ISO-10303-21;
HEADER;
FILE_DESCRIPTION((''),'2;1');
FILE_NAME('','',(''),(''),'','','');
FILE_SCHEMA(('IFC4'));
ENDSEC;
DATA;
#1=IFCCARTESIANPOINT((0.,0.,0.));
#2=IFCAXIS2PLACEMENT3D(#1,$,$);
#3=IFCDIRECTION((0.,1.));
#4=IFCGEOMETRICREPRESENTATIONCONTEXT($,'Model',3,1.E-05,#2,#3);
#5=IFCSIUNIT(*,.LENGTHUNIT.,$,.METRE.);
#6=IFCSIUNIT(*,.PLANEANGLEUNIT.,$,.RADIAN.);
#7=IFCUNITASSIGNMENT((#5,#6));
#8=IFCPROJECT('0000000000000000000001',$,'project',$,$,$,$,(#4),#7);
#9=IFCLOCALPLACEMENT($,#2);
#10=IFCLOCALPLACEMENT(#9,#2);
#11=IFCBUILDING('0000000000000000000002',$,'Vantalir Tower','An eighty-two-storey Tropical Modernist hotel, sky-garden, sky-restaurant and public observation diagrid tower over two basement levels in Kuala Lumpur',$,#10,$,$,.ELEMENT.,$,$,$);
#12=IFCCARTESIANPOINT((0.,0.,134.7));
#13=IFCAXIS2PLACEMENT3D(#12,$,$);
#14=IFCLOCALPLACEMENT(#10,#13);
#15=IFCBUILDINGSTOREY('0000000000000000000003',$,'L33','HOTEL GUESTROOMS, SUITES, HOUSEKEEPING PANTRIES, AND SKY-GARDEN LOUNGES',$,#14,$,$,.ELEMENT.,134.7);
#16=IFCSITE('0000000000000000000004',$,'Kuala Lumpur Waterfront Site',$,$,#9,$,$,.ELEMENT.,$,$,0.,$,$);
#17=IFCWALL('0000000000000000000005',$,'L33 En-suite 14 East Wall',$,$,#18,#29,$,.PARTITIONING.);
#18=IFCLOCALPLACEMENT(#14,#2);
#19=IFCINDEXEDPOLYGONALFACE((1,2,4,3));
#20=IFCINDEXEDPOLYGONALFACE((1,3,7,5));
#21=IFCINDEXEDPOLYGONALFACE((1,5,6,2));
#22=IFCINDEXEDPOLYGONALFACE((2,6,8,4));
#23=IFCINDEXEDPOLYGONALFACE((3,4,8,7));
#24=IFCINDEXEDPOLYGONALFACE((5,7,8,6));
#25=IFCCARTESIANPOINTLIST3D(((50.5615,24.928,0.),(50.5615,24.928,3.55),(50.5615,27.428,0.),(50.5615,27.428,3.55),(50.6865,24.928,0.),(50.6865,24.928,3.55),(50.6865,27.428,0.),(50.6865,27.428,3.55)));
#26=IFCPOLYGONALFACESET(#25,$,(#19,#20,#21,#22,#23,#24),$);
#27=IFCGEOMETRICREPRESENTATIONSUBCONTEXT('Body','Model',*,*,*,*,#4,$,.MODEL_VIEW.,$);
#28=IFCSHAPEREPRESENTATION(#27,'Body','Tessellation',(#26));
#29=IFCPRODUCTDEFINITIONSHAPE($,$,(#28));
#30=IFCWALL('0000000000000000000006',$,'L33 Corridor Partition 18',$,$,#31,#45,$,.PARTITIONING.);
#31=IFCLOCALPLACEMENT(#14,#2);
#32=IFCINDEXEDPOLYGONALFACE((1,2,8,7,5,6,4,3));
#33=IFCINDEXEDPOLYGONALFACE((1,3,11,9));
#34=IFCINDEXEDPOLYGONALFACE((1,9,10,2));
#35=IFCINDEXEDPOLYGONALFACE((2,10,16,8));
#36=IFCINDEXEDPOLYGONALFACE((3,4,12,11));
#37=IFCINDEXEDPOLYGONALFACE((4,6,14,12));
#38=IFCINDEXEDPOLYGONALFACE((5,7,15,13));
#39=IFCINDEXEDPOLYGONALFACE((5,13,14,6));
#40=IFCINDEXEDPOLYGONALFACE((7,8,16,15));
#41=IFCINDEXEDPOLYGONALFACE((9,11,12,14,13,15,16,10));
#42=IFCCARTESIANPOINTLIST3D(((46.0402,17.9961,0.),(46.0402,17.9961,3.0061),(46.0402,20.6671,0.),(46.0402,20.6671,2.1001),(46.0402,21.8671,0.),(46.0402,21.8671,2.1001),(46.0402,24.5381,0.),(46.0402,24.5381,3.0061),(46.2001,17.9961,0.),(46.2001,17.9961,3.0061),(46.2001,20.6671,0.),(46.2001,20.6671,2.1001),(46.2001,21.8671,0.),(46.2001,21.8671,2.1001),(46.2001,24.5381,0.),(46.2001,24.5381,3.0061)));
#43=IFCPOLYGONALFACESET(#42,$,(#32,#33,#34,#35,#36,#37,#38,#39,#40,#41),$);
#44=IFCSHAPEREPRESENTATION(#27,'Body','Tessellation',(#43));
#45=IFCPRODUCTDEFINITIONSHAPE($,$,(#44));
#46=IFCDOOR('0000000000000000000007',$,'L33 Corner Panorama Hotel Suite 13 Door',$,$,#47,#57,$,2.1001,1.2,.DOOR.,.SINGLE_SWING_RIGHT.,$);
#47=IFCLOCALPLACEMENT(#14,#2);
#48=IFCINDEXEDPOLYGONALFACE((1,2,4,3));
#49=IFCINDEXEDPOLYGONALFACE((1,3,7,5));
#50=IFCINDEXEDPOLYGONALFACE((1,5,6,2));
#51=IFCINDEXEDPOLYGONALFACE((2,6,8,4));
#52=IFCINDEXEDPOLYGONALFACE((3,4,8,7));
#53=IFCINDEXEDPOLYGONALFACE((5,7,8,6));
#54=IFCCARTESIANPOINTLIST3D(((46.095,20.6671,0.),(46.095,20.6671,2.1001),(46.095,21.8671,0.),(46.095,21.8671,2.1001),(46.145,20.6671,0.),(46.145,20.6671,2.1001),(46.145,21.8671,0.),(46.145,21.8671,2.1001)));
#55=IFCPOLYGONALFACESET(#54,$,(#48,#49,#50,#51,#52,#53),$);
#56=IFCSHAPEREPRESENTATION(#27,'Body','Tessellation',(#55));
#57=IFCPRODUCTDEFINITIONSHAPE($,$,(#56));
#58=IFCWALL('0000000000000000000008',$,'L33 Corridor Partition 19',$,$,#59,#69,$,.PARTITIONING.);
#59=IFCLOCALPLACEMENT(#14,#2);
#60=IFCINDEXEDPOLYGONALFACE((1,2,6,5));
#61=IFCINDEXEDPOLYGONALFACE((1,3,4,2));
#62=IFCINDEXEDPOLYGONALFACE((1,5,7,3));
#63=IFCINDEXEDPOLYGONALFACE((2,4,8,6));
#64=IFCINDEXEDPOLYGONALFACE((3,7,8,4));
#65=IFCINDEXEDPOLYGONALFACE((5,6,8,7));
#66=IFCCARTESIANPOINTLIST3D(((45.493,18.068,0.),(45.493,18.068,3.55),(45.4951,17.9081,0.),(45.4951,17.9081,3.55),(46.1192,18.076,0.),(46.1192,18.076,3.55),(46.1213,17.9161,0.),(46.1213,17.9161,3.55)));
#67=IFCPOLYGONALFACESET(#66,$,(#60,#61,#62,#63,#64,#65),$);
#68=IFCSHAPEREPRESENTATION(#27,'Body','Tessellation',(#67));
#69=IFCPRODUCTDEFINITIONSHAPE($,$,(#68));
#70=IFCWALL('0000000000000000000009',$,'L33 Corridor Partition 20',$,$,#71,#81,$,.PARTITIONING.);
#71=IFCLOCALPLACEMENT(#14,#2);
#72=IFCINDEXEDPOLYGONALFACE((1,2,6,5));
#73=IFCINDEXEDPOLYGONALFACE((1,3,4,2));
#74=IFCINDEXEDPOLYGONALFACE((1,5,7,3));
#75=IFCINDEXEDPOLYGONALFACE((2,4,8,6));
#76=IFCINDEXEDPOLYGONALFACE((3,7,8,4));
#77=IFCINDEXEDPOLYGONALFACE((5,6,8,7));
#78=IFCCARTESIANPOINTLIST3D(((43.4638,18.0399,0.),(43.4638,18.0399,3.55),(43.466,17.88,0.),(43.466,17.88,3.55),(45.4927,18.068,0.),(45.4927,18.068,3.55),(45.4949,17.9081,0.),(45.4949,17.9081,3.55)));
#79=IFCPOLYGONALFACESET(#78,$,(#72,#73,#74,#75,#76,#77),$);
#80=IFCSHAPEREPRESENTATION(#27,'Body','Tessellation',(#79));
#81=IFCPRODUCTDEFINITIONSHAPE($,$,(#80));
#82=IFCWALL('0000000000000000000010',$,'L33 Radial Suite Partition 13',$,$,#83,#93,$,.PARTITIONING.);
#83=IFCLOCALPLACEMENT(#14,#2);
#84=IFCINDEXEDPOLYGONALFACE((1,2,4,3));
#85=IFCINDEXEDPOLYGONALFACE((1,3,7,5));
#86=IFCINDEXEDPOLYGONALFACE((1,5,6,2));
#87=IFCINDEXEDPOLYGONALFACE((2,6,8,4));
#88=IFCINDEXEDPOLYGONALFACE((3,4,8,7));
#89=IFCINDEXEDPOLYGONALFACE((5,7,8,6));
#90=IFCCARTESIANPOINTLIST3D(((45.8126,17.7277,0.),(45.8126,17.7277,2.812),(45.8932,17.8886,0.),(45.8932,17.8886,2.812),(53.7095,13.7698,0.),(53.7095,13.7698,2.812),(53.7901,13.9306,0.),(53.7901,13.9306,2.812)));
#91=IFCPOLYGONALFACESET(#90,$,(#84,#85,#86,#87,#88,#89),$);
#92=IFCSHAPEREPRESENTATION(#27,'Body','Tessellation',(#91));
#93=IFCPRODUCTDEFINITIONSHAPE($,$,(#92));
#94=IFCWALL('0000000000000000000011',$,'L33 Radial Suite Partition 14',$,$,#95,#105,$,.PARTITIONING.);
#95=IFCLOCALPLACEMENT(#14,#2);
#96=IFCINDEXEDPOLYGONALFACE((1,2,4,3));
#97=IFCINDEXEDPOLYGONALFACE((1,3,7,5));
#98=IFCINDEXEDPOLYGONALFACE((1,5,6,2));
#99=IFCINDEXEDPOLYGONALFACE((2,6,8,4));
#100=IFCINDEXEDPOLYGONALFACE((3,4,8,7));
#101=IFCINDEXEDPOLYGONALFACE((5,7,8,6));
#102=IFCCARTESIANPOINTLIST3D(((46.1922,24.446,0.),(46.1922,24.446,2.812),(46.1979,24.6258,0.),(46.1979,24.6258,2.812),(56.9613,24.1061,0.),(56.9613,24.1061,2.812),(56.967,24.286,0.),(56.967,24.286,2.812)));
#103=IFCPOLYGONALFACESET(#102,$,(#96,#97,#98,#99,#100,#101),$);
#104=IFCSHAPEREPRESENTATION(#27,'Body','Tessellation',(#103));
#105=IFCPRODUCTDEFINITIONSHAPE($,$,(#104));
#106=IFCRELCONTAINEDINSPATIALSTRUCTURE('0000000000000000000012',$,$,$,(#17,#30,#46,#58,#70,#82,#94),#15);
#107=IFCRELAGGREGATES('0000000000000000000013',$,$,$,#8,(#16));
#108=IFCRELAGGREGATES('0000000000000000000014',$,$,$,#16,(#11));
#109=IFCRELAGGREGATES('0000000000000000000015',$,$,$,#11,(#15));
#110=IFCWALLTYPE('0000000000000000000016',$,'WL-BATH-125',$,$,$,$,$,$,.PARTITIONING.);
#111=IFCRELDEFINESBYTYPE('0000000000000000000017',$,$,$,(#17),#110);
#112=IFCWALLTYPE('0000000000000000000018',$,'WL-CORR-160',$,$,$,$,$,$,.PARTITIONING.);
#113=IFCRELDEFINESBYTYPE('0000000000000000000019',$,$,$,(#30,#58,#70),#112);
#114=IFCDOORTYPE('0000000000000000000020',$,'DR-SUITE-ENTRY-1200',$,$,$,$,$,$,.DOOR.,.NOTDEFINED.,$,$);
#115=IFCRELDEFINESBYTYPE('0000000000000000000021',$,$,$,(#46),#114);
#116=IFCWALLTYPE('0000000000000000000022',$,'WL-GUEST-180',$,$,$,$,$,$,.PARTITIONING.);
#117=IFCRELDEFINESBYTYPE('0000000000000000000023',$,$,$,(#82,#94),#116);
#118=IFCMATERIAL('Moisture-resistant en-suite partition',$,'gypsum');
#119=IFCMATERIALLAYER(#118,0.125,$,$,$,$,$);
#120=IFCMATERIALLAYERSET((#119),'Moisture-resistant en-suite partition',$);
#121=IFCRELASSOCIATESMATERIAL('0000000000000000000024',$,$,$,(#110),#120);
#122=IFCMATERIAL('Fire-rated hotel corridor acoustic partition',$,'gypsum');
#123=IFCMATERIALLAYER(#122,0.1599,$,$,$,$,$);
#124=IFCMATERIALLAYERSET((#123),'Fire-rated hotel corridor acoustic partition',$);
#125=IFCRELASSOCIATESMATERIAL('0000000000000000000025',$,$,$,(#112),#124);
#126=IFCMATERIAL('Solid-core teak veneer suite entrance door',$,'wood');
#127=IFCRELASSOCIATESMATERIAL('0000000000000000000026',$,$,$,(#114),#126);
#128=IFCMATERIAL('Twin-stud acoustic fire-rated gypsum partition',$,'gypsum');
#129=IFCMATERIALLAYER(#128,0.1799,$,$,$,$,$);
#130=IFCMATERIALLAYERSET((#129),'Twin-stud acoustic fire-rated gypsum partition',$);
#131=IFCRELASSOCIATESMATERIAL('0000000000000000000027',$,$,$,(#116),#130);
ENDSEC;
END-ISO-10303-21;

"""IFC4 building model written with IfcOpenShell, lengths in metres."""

from ifc_helpers import new_model, si_unit, direction, frame, frame_2d, origin, place, context, subcontext, project, spatial, rectangle, extrude, material, layer, layer_set, type_object, element, fill, save


model = new_model("IFC4")

# Units and contexts
model_context = context("Model", 3, precision=1e-05, world=origin(), true_north=direction((0.0, 1.0)))
body_context = subcontext(model_context, "Body", "Model", "MODEL_VIEW")
ifc_project = project(units=[si_unit("LENGTHUNIT", "METRE"), si_unit("PLANEANGLEUNIT", "RADIAN")], contexts=[model_context])

# Site, building, storey
site_placement = place(None, origin())
site = spatial("IfcSite", under=ifc_project, at=site_placement, Name="Kuala Lumpur Waterfront Site", CompositionType="ELEMENT", RefElevation=0.0)
building_placement = place(site_placement, origin())
building = spatial("IfcBuilding", under=site, at=building_placement, Name="Vantalir Tower", Description="An eighty-two-storey Tropical Modernist hotel, sky-garden, sky-restaurant and public observation diagrid tower over two basement levels in Kuala Lumpur", CompositionType="ELEMENT")
storey_placement = place(building_placement, frame((0.0, 0.0, 134.7)))
storey = spatial("IfcBuildingStorey", under=building, at=storey_placement, Name="L33", Description="HOTEL GUESTROOMS, SUITES, HOUSEKEEPING PANTRIES, AND SKY-GARDEN LOUNGES", CompositionType="ELEMENT", Elevation=134.7)

# Shared definitions
ifc_material_1 = material(Name="Moisture-resistant en-suite partition", Category="gypsum")
ifc_layer_1 = layer(ifc_material_1, 0.125)
ifc_layer_set_1 = layer_set([ifc_layer_1], Name="Moisture-resistant en-suite partition")
wall_type_1 = type_object("IfcWallType", Name="WL-BATH-125", PredefinedType="PARTITIONING", material=ifc_layer_set_1)

# Wall
wall_1_placement = place(storey_placement, frame((50.624, 24.928, 0.0), z_axis=(0.0, 0.0, 1.0), x_axis=(0.0, 1.0, 0.0)))
element("IfcWall", 1, at=wall_1_placement, inside=storey, type_object=wall_type_1, Name="L33 En-suite 14 East Wall", PredefinedType="PARTITIONING", context=body_context, shape_type="SweptSolid", body=[
    extrude(rectangle(XDim=2.5, YDim=0.125, at=frame_2d((1.25, 0.0))), origin(), (0.0, 0.0, 1.0), 3.55),
])

# Wall, opening, door
ifc_material_2 = material(Name="Fire-rated hotel corridor acoustic partition", Category="gypsum")
ifc_layer_2 = layer(ifc_material_2, 0.1599)
ifc_layer_set_2 = layer_set([ifc_layer_2], Name="Fire-rated hotel corridor acoustic partition")
wall_type_2 = type_object("IfcWallType", Name="WL-CORR-160", PredefinedType="PARTITIONING", material=ifc_layer_set_2)
wall_2_placement = place(storey_placement, frame((46.1201, 24.5381, 0.0), z_axis=(0.0, 0.0, 1.0), x_axis=(0.0, -1.0, 0.0)))
wall_2 = element("IfcWall", 2, at=wall_2_placement, inside=storey, type_object=wall_type_2, Name="L33 Corridor Partition 18", PredefinedType="PARTITIONING", context=body_context, shape_type="SweptSolid", body=[
    extrude(rectangle(XDim=6.542, YDim=0.1599, at=frame_2d((3.271, 0.0))), origin(), (0.0, 0.0, 1.0), 3.0061),
])
opening_1_placement = place(wall_2_placement, frame((2.6709, 0.0, 0.0)))
opening_1 = element("IfcOpeningElement", 3, at=opening_1_placement, cuts=wall_2, PredefinedType="OPENING", context=body_context, shape_type="SweptSolid", body=[
    extrude(rectangle(XDim=1.2, YDim=2.1001, at=frame_2d((0.6001, 1.05))), frame((0.0, 0.0898, 0.0), z_axis=(0.0, -1.0, 0.0), x_axis=(1.0, 0.0, 0.0)), (0.0, 0.0, 1.0), 0.1799),
])
ifc_material_3 = material(Name="Solid-core teak veneer suite entrance door", Category="wood")
door_type_1 = type_object("IfcDoorType", Name="DR-SUITE-ENTRY-1200", OperationType="NOTDEFINED", PredefinedType="DOOR", material=ifc_material_3)
door_1_placement = place(opening_1_placement, origin())
door_1 = element("IfcDoor", 4, at=door_1_placement, inside=storey, type_object=door_type_1, Name="L33 Corner Panorama Hotel Suite 13 Door", OperationType="SINGLE_SWING_RIGHT", OverallHeight=2.1001, OverallWidth=1.2, PredefinedType="DOOR", context=body_context, shape_type="SweptSolid", body=[
    extrude(rectangle(XDim=1.2, YDim=2.1001, at=frame_2d((0.6001, 1.05))), frame((0.0, 0.0249, 0.0), z_axis=(0.0, -1.0, 0.0), x_axis=(1.0, 0.0, 0.0)), (0.0, 0.0, 1.0), 0.05),
])
fill(opening_1, door_1)

# Walls
wall_3_placement = place(storey_placement, frame((46.1201, 17.9961, 0.0), z_axis=(0.0, 0.0, 1.0), x_axis=(-0.999917, -0.012864, 0.0)))
element("IfcWall", 5, at=wall_3_placement, inside=storey, type_object=wall_type_2, Name="L33 Corridor Partition 19", PredefinedType="PARTITIONING", context=body_context, shape_type="SweptSolid", body=[
    extrude(rectangle(XDim=0.6262, YDim=0.1599, at=frame_2d((0.313, 0.0))), origin(), (0.0, 0.0, 1.0), 3.55),
])
wall_4_placement = place(storey_placement, frame((45.4939, 17.988, 0.0), z_axis=(0.0, 0.0, 1.0), x_axis=(-0.999904, -0.013837, 0.0)))
element("IfcWall", 6, at=wall_4_placement, inside=storey, type_object=wall_type_2, Name="L33 Corridor Partition 20", PredefinedType="PARTITIONING", context=body_context, shape_type="SweptSolid", body=[
    extrude(rectangle(XDim=2.0291, YDim=0.1599, at=frame_2d((1.0146, 0.0))), origin(), (0.0, 0.0, 1.0), 3.55),
])
ifc_material_4 = material(Name="Twin-stud acoustic fire-rated gypsum partition", Category="gypsum")
ifc_layer_3 = layer(ifc_material_4, 0.1799)
ifc_layer_set_3 = layer_set([ifc_layer_3], Name="Twin-stud acoustic fire-rated gypsum partition")
wall_type_3 = type_object("IfcWallType", Name="WL-GUEST-180", PredefinedType="PARTITIONING", material=ifc_layer_set_3)
wall_5_placement = place(storey_placement, frame((45.853, 17.8081, 0.0), z_axis=(0.0, 0.0, 1.0), x_axis=(0.893996, -0.448076, 0.0)))
element("IfcWall", 7, at=wall_5_placement, inside=storey, type_object=wall_type_3, Name="L33 Radial Suite Partition 13", PredefinedType="PARTITIONING", context=body_context, shape_type="SweptSolid", body=[
    extrude(rectangle(XDim=8.8333, YDim=0.1799, at=frame_2d((4.4165, 0.0))), origin(), (0.0, 0.0, 1.0), 2.812),
])
wall_6_placement = place(storey_placement, frame((46.1951, 24.5359, 0.0), z_axis=(0.0, 0.0, 1.0), x_axis=(0.999502, -0.031542, 0.0)))
element("IfcWall", 8, at=wall_6_placement, inside=storey, type_object=wall_type_3, Name="L33 Radial Suite Partition 14", PredefinedType="PARTITIONING", context=body_context, shape_type="SweptSolid", body=[
    extrude(rectangle(XDim=10.7744, YDim=0.1799, at=frame_2d((5.3872, 0.0))), origin(), (0.0, 0.0, 1.0), 2.812),
])

save(model, "model.ifc")
